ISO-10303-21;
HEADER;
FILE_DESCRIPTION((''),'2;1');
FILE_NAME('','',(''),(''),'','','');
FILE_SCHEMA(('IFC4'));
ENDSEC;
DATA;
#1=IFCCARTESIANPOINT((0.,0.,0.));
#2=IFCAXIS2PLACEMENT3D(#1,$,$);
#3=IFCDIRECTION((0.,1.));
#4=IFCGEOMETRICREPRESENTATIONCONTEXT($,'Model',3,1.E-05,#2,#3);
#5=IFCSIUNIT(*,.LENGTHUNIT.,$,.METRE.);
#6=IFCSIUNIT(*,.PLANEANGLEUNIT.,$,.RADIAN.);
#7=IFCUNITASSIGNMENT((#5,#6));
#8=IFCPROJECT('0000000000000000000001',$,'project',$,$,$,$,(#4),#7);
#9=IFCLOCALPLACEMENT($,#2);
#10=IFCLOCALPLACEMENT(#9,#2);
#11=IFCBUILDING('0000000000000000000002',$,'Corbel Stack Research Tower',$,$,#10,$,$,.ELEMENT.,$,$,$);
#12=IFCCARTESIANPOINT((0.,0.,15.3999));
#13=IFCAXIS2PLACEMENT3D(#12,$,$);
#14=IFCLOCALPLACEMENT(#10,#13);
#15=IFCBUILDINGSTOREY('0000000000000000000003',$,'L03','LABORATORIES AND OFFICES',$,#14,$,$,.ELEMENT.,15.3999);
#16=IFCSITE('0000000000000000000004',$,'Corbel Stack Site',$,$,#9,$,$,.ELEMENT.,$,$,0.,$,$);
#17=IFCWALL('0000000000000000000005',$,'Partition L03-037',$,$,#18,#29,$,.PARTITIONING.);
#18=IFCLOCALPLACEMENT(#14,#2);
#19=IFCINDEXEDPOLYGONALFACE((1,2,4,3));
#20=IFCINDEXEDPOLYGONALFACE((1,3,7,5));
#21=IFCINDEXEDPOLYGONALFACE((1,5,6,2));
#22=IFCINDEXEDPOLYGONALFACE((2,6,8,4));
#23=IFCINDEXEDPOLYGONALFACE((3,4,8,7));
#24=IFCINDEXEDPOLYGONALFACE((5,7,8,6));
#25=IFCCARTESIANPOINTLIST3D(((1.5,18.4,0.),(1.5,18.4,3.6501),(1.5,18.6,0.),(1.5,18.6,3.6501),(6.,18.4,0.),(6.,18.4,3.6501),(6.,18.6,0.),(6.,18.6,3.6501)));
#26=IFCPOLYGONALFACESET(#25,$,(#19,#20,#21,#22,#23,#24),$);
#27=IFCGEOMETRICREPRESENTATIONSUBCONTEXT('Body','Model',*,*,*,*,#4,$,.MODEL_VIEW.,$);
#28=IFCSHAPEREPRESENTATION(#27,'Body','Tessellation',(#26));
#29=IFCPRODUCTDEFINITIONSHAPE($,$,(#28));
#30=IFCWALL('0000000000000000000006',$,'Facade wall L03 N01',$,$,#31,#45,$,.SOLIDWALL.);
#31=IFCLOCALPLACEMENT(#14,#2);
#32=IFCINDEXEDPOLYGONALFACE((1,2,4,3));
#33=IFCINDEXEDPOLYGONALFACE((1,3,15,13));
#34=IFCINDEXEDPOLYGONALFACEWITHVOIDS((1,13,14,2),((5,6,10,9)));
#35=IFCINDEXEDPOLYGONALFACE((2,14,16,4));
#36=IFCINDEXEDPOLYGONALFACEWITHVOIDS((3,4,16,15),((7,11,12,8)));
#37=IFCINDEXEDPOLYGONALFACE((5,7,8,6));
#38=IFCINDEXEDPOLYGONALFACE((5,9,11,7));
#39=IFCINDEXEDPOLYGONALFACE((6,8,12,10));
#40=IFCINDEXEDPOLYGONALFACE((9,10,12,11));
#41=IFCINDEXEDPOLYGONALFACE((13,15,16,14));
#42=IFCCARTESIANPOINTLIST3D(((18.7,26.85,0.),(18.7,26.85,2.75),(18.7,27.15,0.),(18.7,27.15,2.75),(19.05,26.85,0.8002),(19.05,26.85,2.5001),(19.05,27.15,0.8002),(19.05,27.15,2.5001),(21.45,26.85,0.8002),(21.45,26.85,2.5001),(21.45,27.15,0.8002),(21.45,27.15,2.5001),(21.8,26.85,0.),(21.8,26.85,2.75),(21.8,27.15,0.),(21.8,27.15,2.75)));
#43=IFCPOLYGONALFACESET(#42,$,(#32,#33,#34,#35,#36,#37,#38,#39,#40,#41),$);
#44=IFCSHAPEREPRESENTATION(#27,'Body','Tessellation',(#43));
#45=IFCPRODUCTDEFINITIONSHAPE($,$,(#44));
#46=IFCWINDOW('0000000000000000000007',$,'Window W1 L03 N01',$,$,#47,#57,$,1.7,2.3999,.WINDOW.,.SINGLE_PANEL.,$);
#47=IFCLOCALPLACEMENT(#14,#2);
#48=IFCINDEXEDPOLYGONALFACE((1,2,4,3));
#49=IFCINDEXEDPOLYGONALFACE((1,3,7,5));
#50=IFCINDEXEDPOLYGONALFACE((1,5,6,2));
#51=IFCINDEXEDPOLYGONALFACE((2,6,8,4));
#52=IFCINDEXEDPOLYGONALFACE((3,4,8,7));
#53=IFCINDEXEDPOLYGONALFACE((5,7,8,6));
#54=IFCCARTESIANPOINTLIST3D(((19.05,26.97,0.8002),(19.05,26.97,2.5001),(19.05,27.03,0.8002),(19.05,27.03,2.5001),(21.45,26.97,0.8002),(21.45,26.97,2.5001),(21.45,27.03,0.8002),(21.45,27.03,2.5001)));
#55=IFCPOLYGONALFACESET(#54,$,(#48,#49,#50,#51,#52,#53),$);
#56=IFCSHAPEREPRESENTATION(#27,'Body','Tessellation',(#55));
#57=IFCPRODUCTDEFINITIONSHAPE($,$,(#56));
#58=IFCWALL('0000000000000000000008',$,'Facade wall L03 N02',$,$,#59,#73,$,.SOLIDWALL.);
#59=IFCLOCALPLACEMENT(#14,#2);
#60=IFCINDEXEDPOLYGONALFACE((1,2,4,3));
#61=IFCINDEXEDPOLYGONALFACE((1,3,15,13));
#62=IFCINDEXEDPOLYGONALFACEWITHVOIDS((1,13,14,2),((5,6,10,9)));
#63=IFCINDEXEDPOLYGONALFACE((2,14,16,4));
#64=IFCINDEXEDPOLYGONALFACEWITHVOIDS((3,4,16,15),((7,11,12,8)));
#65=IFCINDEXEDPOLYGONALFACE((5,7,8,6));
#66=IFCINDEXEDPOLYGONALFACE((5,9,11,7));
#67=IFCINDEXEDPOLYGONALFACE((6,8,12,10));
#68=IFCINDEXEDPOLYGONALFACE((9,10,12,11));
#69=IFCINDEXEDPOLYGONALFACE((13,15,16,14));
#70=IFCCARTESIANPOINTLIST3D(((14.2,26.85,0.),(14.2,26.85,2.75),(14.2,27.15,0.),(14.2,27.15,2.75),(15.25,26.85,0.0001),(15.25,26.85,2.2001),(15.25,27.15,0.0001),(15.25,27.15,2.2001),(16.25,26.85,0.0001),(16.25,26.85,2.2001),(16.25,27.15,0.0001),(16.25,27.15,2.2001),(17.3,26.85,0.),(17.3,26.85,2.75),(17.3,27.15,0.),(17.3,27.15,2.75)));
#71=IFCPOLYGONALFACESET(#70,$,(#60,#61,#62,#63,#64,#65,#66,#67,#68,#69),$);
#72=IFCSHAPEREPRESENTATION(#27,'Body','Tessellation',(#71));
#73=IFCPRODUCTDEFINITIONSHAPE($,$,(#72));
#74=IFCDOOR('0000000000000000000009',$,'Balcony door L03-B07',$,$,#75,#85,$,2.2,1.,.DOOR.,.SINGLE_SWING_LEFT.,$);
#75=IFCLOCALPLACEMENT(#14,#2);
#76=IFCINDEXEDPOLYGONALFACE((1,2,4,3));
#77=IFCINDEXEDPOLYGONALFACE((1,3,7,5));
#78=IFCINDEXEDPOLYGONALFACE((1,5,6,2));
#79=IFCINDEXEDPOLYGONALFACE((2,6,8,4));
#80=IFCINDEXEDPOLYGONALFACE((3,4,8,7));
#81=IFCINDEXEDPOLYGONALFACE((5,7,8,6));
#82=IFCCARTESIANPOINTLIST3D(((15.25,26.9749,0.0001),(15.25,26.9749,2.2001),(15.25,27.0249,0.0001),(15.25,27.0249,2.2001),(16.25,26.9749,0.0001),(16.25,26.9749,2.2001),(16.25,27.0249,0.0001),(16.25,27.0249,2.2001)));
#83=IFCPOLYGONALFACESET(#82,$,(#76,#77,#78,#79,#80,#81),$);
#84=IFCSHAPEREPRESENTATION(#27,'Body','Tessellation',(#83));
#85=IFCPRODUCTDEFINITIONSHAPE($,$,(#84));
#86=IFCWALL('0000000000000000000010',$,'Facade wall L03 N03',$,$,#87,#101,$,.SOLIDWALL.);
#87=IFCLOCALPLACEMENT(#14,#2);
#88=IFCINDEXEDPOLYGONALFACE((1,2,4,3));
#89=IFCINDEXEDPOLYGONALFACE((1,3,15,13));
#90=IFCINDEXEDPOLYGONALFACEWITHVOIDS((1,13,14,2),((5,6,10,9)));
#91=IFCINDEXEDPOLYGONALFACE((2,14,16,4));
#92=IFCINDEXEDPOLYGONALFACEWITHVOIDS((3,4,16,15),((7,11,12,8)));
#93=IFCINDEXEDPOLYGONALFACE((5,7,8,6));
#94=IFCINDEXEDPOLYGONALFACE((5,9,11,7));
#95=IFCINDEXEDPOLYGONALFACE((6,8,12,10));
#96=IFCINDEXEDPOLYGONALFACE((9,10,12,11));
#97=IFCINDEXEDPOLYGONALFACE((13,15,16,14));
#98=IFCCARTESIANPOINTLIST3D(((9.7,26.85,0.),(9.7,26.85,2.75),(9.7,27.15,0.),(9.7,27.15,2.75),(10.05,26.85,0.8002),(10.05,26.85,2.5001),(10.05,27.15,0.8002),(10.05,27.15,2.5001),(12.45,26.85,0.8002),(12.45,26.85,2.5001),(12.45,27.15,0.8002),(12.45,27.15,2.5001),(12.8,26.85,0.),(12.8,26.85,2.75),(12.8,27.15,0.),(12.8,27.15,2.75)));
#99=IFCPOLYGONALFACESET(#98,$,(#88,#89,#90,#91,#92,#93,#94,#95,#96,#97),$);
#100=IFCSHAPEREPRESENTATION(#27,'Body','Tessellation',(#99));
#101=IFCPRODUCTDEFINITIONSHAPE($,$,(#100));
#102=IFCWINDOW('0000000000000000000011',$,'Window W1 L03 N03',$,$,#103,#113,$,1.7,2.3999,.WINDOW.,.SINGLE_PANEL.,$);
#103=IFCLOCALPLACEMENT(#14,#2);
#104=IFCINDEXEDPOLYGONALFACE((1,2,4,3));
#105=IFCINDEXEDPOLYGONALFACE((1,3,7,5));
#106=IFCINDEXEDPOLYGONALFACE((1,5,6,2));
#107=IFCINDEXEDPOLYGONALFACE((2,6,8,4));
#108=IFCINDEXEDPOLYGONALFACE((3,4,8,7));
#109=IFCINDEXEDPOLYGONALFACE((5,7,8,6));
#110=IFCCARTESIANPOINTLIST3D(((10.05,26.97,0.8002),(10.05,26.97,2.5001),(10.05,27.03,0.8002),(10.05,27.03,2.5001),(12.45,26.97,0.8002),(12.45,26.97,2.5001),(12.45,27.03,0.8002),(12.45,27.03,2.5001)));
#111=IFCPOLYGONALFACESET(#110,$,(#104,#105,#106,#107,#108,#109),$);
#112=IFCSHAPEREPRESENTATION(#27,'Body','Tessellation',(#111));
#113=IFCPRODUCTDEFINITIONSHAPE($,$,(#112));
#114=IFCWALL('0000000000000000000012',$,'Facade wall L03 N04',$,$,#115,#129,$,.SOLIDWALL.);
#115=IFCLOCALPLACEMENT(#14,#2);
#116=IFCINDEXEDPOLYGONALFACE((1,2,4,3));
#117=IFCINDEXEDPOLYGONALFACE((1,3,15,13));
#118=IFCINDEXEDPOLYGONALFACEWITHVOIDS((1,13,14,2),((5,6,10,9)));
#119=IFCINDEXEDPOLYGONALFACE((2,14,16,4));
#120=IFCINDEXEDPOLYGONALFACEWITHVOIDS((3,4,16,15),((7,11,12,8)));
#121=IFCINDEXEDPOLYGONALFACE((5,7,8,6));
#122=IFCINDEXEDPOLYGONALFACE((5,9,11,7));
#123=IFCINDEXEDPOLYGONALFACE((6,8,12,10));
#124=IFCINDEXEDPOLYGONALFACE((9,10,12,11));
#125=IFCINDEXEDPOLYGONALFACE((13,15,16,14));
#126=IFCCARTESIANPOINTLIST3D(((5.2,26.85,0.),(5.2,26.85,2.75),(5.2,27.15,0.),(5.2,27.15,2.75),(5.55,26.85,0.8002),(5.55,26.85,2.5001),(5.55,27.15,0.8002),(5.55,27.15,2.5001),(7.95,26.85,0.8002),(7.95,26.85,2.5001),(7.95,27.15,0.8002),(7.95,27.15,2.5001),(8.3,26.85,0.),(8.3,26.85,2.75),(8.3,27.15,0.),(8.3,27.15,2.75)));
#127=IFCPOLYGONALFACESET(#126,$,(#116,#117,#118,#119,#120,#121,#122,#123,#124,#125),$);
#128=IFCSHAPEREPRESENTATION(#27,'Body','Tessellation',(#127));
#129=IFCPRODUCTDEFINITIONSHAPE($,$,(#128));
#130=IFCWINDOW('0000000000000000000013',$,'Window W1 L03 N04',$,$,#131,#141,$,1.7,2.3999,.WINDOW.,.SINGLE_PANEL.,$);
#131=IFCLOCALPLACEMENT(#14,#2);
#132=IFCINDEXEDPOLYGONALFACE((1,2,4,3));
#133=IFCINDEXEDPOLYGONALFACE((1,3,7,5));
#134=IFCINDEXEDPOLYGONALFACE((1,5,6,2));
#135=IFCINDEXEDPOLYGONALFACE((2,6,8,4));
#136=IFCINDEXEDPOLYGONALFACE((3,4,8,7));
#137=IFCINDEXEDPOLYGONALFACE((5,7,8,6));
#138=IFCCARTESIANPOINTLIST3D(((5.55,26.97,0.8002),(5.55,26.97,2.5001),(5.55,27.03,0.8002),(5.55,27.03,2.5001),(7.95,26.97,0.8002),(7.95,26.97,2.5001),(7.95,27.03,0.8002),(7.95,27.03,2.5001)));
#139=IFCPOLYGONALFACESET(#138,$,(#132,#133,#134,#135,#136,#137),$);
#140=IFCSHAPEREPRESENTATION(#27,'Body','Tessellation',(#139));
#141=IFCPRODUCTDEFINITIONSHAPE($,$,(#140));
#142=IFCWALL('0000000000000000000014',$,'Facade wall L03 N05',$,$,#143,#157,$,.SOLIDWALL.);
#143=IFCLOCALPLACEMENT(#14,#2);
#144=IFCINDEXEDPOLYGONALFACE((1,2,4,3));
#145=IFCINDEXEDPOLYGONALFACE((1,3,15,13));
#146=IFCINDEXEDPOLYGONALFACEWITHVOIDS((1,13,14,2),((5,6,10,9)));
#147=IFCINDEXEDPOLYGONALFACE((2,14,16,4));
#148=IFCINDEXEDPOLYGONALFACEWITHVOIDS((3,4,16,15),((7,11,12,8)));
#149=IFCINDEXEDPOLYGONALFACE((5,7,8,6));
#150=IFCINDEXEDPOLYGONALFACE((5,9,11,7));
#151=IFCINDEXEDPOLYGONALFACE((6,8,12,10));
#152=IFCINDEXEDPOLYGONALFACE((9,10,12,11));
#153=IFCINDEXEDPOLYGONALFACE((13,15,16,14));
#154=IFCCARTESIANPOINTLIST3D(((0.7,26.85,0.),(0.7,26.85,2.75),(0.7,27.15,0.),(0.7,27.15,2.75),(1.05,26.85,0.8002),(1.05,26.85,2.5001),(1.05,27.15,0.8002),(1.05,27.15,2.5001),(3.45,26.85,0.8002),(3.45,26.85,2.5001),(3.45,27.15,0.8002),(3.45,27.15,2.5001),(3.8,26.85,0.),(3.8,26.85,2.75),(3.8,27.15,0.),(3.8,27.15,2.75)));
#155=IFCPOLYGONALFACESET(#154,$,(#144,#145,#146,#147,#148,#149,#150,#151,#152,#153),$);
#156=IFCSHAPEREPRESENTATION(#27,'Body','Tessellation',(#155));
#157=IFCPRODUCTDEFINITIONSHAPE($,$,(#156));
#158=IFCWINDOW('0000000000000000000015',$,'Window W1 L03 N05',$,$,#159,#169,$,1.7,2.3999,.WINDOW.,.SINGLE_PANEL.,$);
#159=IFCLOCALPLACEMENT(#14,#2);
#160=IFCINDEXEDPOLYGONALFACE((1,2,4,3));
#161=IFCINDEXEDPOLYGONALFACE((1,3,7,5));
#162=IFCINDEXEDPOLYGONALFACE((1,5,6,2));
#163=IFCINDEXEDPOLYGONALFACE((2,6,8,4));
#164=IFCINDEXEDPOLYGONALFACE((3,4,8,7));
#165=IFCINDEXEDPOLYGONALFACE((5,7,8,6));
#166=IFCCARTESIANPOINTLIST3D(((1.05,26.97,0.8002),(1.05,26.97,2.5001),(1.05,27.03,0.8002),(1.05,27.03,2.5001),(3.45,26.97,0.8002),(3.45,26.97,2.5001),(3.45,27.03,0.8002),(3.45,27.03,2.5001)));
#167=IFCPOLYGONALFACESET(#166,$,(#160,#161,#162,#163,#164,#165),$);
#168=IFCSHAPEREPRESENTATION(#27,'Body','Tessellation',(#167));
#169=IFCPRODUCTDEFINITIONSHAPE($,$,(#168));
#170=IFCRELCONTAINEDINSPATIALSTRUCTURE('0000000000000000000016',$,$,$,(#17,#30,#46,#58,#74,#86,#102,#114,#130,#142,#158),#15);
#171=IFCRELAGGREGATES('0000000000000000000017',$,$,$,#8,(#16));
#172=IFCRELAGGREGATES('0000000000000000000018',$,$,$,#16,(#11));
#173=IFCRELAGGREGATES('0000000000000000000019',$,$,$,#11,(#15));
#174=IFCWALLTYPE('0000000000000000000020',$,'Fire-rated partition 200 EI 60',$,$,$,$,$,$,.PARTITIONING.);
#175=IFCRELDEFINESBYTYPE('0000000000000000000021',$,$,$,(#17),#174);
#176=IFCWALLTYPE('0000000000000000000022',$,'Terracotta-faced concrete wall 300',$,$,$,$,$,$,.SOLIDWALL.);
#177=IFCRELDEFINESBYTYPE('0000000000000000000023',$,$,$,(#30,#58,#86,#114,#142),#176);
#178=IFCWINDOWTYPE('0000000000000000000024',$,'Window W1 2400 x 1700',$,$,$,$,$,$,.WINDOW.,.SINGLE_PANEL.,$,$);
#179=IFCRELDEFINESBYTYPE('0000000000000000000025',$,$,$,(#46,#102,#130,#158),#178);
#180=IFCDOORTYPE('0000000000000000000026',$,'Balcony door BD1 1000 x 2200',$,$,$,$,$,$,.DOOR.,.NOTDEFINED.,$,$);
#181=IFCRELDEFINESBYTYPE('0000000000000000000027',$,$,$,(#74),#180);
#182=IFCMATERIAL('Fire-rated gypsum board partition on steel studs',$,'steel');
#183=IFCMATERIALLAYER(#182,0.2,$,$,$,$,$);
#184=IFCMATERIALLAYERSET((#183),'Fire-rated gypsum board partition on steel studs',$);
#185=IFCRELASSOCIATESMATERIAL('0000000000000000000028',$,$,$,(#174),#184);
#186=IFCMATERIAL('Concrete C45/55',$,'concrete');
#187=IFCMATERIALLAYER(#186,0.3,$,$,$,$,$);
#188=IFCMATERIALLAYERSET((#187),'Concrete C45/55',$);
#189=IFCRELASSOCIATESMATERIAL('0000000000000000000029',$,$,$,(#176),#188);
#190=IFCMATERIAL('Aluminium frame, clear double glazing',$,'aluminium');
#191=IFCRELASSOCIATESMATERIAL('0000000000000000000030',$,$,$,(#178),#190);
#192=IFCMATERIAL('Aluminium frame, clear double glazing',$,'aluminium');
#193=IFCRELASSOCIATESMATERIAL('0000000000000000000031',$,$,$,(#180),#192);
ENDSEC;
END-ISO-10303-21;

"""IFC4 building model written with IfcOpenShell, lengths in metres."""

from ifc_helpers import new_model, si_unit, direction, frame, frame_2d, origin, place, context, subcontext, project, spatial, rectangle, extrude, material, layer, layer_set, type_object, element, fill, save


model = new_model("IFC4")

# Units and contexts
model_context = context("Model", 3, precision=1e-05, world=origin(), true_north=direction((0.0, 1.0)))
body_context = subcontext(model_context, "Body", "Model", "MODEL_VIEW")
ifc_project = project(units=[si_unit("LENGTHUNIT", "METRE"), si_unit("PLANEANGLEUNIT", "RADIAN")], contexts=[model_context])

# Site, building, storey
site_placement = place(None, origin())
site = spatial("IfcSite", under=ifc_project, at=site_placement, Name="Corbel Stack Site", CompositionType="ELEMENT", RefElevation=0.0)
building_placement = place(site_placement, origin())
building = spatial("IfcBuilding", under=site, at=building_placement, Name="Corbel Stack Research Tower", CompositionType="ELEMENT")
storey_placement = place(building_placement, frame((0.0, 0.0, 15.3999)))
storey = spatial("IfcBuildingStorey", under=building, at=storey_placement, Name="L03", Description="LABORATORIES AND OFFICES", CompositionType="ELEMENT", Elevation=15.3999)

# Wall
ifc_material_1 = material(Name="Fire-rated gypsum board partition on steel studs", Category="steel")
ifc_layer_1 = layer(ifc_material_1, 0.2)
ifc_layer_set_1 = layer_set([ifc_layer_1], Name="Fire-rated gypsum board partition on steel studs")
wall_type_1 = type_object("IfcWallType", Name="Fire-rated partition 200 EI 60", PredefinedType="PARTITIONING", material=ifc_layer_set_1)
wall_1_placement = place(storey_placement, frame((1.5, 18.5, 0.0), z_axis=(0.0, 0.0, 1.0), x_axis=(1.0, 0.0, 0.0)))
element("IfcWall", 1, at=wall_1_placement, inside=storey, type_object=wall_type_1, Name="Partition L03-037", PredefinedType="PARTITIONING", context=body_context, shape_type="SweptSolid", body=[
    extrude(rectangle(XDim=4.5, YDim=0.2, at=frame_2d((2.25, 0.0))), origin(), (0.0, 0.0, 1.0), 3.6501),
])

# Wall, opening, window
ifc_material_2 = material(Name="Concrete C45/55", Category="concrete")
ifc_layer_2 = layer(ifc_material_2, 0.3)
ifc_layer_set_2 = layer_set([ifc_layer_2], Name="Concrete C45/55")
wall_type_2 = type_object("IfcWallType", Name="Terracotta-faced concrete wall 300", PredefinedType="SOLIDWALL", material=ifc_layer_set_2)
wall_2_placement = place(storey_placement, frame((18.7, 27.0, 0.0), z_axis=(0.0, 0.0, 1.0), x_axis=(1.0, 0.0, 0.0)))
wall_2 = element("IfcWall", 2, at=wall_2_placement, inside=storey, type_object=wall_type_2, Name="Facade wall L03 N01", PredefinedType="SOLIDWALL", context=body_context, shape_type="SweptSolid", body=[
    extrude(rectangle(XDim=3.1001, YDim=0.3, at=frame_2d((1.55, 0.0))), origin(), (0.0, 0.0, 1.0), 2.75),
])
opening_1_placement = place(wall_2_placement, frame((0.3501, 0.0, 0.8)))
opening_1 = element("IfcOpeningElement", 3, at=opening_1_placement, cuts=wall_2, PredefinedType="OPENING", context=body_context, shape_type="SweptSolid", body=[
    extrude(rectangle(XDim=2.3999, YDim=1.7, at=frame_2d((1.2, 0.8501))), frame((0.0, 0.1599, 0.0), z_axis=(0.0, -1.0, 0.0), x_axis=(1.0, 0.0, 0.0)), (0.0, 0.0, 1.0), 0.3201),
])
ifc_material_3 = material(Name="Aluminium frame, clear double glazing", Category="aluminium")
window_type = type_object("IfcWindowType", Name="Window W1 2400 x 1700", PartitioningType="SINGLE_PANEL", PredefinedType="WINDOW", material=ifc_material_3)
window_1_placement = place(opening_1_placement, origin())
window_1 = element("IfcWindow", 4, at=window_1_placement, inside=storey, type_object=window_type, Name="Window W1 L03 N01", OverallHeight=1.7, OverallWidth=2.3999, PartitioningType="SINGLE_PANEL", PredefinedType="WINDOW", context=body_context, shape_type="SweptSolid", body=[
    extrude(rectangle(XDim=2.3999, YDim=1.7, at=frame_2d((1.2, 0.8501))), frame((0.0, 0.03, 0.0), z_axis=(0.0, -1.0, 0.0), x_axis=(1.0, 0.0, 0.0)), (0.0, 0.0, 1.0), 0.0601),
])
fill(opening_1, window_1)

# Wall, opening, door
wall_3_placement = place(storey_placement, frame((14.2, 27.0, 0.0), z_axis=(0.0, 0.0, 1.0), x_axis=(1.0, 0.0, 0.0)))
wall_3 = element("IfcWall", 5, at=wall_3_placement, inside=storey, type_object=wall_type_2, Name="Facade wall L03 N02", PredefinedType="SOLIDWALL", context=body_context, shape_type="SweptSolid", body=[
    extrude(rectangle(XDim=3.1001, YDim=0.3, at=frame_2d((1.55, 0.0))), origin(), (0.0, 0.0, 1.0), 2.75),
])
opening_2_placement = place(wall_3_placement, frame((1.05, 0.0, 0.0)))
opening_2 = element("IfcOpeningElement", 6, at=opening_2_placement, cuts=wall_3, PredefinedType="OPENING", context=body_context, shape_type="SweptSolid", body=[
    extrude(rectangle(XDim=1.0, YDim=2.2, at=frame_2d((0.5, 1.1001))), frame((0.0, 0.1599, 0.0), z_axis=(0.0, -1.0, 0.0), x_axis=(1.0, 0.0, 0.0)), (0.0, 0.0, 1.0), 0.3201),
])
ifc_material_4 = material(Name="Aluminium frame, clear double glazing", Category="aluminium")
door_type = type_object("IfcDoorType", Name="Balcony door BD1 1000 x 2200", OperationType="NOTDEFINED", PredefinedType="DOOR", material=ifc_material_4)
door_placement = place(opening_2_placement, origin())
door = element("IfcDoor", 7, at=door_placement, inside=storey, type_object=door_type, Name="Balcony door L03-B07", OperationType="SINGLE_SWING_LEFT", OverallHeight=2.2, OverallWidth=1.0, PredefinedType="DOOR", context=body_context, shape_type="SweptSolid", body=[
    extrude(rectangle(XDim=1.0, YDim=2.2, at=frame_2d((0.5, 1.1001))), frame((0.0, 0.0249, 0.0), z_axis=(0.0, -1.0, 0.0), x_axis=(1.0, 0.0, 0.0)), (0.0, 0.0, 1.0), 0.05),
])
fill(opening_2, door)

# Walls, openings, windows
wall_4_placement = place(storey_placement, frame((9.7, 27.0, 0.0), z_axis=(0.0, 0.0, 1.0), x_axis=(1.0, 0.0, 0.0)))
wall_4 = element("IfcWall", 8, at=wall_4_placement, inside=storey, type_object=wall_type_2, Name="Facade wall L03 N03", PredefinedType="SOLIDWALL", context=body_context, shape_type="SweptSolid", body=[
    extrude(rectangle(XDim=3.1001, YDim=0.3, at=frame_2d((1.55, 0.0))), origin(), (0.0, 0.0, 1.0), 2.75),
])
opening_3_placement = place(wall_4_placement, frame((0.3501, 0.0, 0.8)))
opening_3 = element("IfcOpeningElement", 9, at=opening_3_placement, cuts=wall_4, PredefinedType="OPENING", context=body_context, shape_type="SweptSolid", body=[
    extrude(rectangle(XDim=2.3999, YDim=1.7, at=frame_2d((1.2, 0.8501))), frame((0.0, 0.1599, 0.0), z_axis=(0.0, -1.0, 0.0), x_axis=(1.0, 0.0, 0.0)), (0.0, 0.0, 1.0), 0.3201),
])
window_2_placement = place(opening_3_placement, origin())
window_2 = element("IfcWindow", 10, at=window_2_placement, inside=storey, type_object=window_type, Name="Window W1 L03 N03", OverallHeight=1.7, OverallWidth=2.3999, PartitioningType="SINGLE_PANEL", PredefinedType="WINDOW", context=body_context, shape_type="SweptSolid", body=[
    extrude(rectangle(XDim=2.3999, YDim=1.7, at=frame_2d((1.2, 0.8501))), frame((0.0, 0.03, 0.0), z_axis=(0.0, -1.0, 0.0), x_axis=(1.0, 0.0, 0.0)), (0.0, 0.0, 1.0), 0.0601),
])
fill(opening_3, window_2)
wall_5_placement = place(storey_placement, frame((5.2, 27.0, 0.0), z_axis=(0.0, 0.0, 1.0), x_axis=(1.0, 0.0, 0.0)))
wall_5 = element("IfcWall", 11, at=wall_5_placement, inside=storey, type_object=wall_type_2, Name="Facade wall L03 N04", PredefinedType="SOLIDWALL", context=body_context, shape_type="SweptSolid", body=[
    extrude(rectangle(XDim=3.1001, YDim=0.3, at=frame_2d((1.55, 0.0))), origin(), (0.0, 0.0, 1.0), 2.75),
])
opening_4_placement = place(wall_5_placement, frame((0.3501, 0.0, 0.8)))
opening_4 = element("IfcOpeningElement", 12, at=opening_4_placement, cuts=wall_5, PredefinedType="OPENING", context=body_context, shape_type="SweptSolid", body=[
    extrude(rectangle(XDim=2.3999, YDim=1.7, at=frame_2d((1.2, 0.8501))), frame((0.0, 0.1599, 0.0), z_axis=(0.0, -1.0, 0.0), x_axis=(1.0, 0.0, 0.0)), (0.0, 0.0, 1.0), 0.3201),
])
window_3_placement = place(opening_4_placement, origin())
window_3 = element("IfcWindow", 13, at=window_3_placement, inside=storey, type_object=window_type, Name="Window W1 L03 N04", OverallHeight=1.7, OverallWidth=2.3999, PartitioningType="SINGLE_PANEL", PredefinedType="WINDOW", context=body_context, shape_type="SweptSolid", body=[
    extrude(rectangle(XDim=2.3999, YDim=1.7, at=frame_2d((1.2, 0.8501))), frame((0.0, 0.03, 0.0), z_axis=(0.0, -1.0, 0.0), x_axis=(1.0, 0.0, 0.0)), (0.0, 0.0, 1.0), 0.0601),
])
fill(opening_4, window_3)
wall_6_placement = place(storey_placement, frame((0.7, 27.0, 0.0), z_axis=(0.0, 0.0, 1.0), x_axis=(1.0, 0.0, 0.0)))
wall_6 = element("IfcWall", 14, at=wall_6_placement, inside=storey, type_object=wall_type_2, Name="Facade wall L03 N05", PredefinedType="SOLIDWALL", context=body_context, shape_type="SweptSolid", body=[
    extrude(rectangle(XDim=3.1001, YDim=0.3, at=frame_2d((1.55, 0.0))), origin(), (0.0, 0.0, 1.0), 2.75),
])
opening_5_placement = place(wall_6_placement, frame((0.3501, 0.0, 0.8)))
opening_5 = element("IfcOpeningElement", 15, at=opening_5_placement, cuts=wall_6, PredefinedType="OPENING", context=body_context, shape_type="SweptSolid", body=[
    extrude(rectangle(XDim=2.3999, YDim=1.7, at=frame_2d((1.2, 0.8501))), frame((0.0, 0.1599, 0.0), z_axis=(0.0, -1.0, 0.0), x_axis=(1.0, 0.0, 0.0)), (0.0, 0.0, 1.0), 0.3201),
])
window_4_placement = place(opening_5_placement, origin())
window_4 = element("IfcWindow", 16, at=window_4_placement, inside=storey, type_object=window_type, Name="Window W1 L03 N05", OverallHeight=1.7, OverallWidth=2.3999, PartitioningType="SINGLE_PANEL", PredefinedType="WINDOW", context=body_context, shape_type="SweptSolid", body=[
    extrude(rectangle(XDim=2.3999, YDim=1.7, at=frame_2d((1.2, 0.8501))), frame((0.0, 0.03, 0.0), z_axis=(0.0, -1.0, 0.0), x_axis=(1.0, 0.0, 0.0)), (0.0, 0.0, 1.0), 0.0601),
])
fill(opening_5, window_4)

save(model, "model.ifc")
